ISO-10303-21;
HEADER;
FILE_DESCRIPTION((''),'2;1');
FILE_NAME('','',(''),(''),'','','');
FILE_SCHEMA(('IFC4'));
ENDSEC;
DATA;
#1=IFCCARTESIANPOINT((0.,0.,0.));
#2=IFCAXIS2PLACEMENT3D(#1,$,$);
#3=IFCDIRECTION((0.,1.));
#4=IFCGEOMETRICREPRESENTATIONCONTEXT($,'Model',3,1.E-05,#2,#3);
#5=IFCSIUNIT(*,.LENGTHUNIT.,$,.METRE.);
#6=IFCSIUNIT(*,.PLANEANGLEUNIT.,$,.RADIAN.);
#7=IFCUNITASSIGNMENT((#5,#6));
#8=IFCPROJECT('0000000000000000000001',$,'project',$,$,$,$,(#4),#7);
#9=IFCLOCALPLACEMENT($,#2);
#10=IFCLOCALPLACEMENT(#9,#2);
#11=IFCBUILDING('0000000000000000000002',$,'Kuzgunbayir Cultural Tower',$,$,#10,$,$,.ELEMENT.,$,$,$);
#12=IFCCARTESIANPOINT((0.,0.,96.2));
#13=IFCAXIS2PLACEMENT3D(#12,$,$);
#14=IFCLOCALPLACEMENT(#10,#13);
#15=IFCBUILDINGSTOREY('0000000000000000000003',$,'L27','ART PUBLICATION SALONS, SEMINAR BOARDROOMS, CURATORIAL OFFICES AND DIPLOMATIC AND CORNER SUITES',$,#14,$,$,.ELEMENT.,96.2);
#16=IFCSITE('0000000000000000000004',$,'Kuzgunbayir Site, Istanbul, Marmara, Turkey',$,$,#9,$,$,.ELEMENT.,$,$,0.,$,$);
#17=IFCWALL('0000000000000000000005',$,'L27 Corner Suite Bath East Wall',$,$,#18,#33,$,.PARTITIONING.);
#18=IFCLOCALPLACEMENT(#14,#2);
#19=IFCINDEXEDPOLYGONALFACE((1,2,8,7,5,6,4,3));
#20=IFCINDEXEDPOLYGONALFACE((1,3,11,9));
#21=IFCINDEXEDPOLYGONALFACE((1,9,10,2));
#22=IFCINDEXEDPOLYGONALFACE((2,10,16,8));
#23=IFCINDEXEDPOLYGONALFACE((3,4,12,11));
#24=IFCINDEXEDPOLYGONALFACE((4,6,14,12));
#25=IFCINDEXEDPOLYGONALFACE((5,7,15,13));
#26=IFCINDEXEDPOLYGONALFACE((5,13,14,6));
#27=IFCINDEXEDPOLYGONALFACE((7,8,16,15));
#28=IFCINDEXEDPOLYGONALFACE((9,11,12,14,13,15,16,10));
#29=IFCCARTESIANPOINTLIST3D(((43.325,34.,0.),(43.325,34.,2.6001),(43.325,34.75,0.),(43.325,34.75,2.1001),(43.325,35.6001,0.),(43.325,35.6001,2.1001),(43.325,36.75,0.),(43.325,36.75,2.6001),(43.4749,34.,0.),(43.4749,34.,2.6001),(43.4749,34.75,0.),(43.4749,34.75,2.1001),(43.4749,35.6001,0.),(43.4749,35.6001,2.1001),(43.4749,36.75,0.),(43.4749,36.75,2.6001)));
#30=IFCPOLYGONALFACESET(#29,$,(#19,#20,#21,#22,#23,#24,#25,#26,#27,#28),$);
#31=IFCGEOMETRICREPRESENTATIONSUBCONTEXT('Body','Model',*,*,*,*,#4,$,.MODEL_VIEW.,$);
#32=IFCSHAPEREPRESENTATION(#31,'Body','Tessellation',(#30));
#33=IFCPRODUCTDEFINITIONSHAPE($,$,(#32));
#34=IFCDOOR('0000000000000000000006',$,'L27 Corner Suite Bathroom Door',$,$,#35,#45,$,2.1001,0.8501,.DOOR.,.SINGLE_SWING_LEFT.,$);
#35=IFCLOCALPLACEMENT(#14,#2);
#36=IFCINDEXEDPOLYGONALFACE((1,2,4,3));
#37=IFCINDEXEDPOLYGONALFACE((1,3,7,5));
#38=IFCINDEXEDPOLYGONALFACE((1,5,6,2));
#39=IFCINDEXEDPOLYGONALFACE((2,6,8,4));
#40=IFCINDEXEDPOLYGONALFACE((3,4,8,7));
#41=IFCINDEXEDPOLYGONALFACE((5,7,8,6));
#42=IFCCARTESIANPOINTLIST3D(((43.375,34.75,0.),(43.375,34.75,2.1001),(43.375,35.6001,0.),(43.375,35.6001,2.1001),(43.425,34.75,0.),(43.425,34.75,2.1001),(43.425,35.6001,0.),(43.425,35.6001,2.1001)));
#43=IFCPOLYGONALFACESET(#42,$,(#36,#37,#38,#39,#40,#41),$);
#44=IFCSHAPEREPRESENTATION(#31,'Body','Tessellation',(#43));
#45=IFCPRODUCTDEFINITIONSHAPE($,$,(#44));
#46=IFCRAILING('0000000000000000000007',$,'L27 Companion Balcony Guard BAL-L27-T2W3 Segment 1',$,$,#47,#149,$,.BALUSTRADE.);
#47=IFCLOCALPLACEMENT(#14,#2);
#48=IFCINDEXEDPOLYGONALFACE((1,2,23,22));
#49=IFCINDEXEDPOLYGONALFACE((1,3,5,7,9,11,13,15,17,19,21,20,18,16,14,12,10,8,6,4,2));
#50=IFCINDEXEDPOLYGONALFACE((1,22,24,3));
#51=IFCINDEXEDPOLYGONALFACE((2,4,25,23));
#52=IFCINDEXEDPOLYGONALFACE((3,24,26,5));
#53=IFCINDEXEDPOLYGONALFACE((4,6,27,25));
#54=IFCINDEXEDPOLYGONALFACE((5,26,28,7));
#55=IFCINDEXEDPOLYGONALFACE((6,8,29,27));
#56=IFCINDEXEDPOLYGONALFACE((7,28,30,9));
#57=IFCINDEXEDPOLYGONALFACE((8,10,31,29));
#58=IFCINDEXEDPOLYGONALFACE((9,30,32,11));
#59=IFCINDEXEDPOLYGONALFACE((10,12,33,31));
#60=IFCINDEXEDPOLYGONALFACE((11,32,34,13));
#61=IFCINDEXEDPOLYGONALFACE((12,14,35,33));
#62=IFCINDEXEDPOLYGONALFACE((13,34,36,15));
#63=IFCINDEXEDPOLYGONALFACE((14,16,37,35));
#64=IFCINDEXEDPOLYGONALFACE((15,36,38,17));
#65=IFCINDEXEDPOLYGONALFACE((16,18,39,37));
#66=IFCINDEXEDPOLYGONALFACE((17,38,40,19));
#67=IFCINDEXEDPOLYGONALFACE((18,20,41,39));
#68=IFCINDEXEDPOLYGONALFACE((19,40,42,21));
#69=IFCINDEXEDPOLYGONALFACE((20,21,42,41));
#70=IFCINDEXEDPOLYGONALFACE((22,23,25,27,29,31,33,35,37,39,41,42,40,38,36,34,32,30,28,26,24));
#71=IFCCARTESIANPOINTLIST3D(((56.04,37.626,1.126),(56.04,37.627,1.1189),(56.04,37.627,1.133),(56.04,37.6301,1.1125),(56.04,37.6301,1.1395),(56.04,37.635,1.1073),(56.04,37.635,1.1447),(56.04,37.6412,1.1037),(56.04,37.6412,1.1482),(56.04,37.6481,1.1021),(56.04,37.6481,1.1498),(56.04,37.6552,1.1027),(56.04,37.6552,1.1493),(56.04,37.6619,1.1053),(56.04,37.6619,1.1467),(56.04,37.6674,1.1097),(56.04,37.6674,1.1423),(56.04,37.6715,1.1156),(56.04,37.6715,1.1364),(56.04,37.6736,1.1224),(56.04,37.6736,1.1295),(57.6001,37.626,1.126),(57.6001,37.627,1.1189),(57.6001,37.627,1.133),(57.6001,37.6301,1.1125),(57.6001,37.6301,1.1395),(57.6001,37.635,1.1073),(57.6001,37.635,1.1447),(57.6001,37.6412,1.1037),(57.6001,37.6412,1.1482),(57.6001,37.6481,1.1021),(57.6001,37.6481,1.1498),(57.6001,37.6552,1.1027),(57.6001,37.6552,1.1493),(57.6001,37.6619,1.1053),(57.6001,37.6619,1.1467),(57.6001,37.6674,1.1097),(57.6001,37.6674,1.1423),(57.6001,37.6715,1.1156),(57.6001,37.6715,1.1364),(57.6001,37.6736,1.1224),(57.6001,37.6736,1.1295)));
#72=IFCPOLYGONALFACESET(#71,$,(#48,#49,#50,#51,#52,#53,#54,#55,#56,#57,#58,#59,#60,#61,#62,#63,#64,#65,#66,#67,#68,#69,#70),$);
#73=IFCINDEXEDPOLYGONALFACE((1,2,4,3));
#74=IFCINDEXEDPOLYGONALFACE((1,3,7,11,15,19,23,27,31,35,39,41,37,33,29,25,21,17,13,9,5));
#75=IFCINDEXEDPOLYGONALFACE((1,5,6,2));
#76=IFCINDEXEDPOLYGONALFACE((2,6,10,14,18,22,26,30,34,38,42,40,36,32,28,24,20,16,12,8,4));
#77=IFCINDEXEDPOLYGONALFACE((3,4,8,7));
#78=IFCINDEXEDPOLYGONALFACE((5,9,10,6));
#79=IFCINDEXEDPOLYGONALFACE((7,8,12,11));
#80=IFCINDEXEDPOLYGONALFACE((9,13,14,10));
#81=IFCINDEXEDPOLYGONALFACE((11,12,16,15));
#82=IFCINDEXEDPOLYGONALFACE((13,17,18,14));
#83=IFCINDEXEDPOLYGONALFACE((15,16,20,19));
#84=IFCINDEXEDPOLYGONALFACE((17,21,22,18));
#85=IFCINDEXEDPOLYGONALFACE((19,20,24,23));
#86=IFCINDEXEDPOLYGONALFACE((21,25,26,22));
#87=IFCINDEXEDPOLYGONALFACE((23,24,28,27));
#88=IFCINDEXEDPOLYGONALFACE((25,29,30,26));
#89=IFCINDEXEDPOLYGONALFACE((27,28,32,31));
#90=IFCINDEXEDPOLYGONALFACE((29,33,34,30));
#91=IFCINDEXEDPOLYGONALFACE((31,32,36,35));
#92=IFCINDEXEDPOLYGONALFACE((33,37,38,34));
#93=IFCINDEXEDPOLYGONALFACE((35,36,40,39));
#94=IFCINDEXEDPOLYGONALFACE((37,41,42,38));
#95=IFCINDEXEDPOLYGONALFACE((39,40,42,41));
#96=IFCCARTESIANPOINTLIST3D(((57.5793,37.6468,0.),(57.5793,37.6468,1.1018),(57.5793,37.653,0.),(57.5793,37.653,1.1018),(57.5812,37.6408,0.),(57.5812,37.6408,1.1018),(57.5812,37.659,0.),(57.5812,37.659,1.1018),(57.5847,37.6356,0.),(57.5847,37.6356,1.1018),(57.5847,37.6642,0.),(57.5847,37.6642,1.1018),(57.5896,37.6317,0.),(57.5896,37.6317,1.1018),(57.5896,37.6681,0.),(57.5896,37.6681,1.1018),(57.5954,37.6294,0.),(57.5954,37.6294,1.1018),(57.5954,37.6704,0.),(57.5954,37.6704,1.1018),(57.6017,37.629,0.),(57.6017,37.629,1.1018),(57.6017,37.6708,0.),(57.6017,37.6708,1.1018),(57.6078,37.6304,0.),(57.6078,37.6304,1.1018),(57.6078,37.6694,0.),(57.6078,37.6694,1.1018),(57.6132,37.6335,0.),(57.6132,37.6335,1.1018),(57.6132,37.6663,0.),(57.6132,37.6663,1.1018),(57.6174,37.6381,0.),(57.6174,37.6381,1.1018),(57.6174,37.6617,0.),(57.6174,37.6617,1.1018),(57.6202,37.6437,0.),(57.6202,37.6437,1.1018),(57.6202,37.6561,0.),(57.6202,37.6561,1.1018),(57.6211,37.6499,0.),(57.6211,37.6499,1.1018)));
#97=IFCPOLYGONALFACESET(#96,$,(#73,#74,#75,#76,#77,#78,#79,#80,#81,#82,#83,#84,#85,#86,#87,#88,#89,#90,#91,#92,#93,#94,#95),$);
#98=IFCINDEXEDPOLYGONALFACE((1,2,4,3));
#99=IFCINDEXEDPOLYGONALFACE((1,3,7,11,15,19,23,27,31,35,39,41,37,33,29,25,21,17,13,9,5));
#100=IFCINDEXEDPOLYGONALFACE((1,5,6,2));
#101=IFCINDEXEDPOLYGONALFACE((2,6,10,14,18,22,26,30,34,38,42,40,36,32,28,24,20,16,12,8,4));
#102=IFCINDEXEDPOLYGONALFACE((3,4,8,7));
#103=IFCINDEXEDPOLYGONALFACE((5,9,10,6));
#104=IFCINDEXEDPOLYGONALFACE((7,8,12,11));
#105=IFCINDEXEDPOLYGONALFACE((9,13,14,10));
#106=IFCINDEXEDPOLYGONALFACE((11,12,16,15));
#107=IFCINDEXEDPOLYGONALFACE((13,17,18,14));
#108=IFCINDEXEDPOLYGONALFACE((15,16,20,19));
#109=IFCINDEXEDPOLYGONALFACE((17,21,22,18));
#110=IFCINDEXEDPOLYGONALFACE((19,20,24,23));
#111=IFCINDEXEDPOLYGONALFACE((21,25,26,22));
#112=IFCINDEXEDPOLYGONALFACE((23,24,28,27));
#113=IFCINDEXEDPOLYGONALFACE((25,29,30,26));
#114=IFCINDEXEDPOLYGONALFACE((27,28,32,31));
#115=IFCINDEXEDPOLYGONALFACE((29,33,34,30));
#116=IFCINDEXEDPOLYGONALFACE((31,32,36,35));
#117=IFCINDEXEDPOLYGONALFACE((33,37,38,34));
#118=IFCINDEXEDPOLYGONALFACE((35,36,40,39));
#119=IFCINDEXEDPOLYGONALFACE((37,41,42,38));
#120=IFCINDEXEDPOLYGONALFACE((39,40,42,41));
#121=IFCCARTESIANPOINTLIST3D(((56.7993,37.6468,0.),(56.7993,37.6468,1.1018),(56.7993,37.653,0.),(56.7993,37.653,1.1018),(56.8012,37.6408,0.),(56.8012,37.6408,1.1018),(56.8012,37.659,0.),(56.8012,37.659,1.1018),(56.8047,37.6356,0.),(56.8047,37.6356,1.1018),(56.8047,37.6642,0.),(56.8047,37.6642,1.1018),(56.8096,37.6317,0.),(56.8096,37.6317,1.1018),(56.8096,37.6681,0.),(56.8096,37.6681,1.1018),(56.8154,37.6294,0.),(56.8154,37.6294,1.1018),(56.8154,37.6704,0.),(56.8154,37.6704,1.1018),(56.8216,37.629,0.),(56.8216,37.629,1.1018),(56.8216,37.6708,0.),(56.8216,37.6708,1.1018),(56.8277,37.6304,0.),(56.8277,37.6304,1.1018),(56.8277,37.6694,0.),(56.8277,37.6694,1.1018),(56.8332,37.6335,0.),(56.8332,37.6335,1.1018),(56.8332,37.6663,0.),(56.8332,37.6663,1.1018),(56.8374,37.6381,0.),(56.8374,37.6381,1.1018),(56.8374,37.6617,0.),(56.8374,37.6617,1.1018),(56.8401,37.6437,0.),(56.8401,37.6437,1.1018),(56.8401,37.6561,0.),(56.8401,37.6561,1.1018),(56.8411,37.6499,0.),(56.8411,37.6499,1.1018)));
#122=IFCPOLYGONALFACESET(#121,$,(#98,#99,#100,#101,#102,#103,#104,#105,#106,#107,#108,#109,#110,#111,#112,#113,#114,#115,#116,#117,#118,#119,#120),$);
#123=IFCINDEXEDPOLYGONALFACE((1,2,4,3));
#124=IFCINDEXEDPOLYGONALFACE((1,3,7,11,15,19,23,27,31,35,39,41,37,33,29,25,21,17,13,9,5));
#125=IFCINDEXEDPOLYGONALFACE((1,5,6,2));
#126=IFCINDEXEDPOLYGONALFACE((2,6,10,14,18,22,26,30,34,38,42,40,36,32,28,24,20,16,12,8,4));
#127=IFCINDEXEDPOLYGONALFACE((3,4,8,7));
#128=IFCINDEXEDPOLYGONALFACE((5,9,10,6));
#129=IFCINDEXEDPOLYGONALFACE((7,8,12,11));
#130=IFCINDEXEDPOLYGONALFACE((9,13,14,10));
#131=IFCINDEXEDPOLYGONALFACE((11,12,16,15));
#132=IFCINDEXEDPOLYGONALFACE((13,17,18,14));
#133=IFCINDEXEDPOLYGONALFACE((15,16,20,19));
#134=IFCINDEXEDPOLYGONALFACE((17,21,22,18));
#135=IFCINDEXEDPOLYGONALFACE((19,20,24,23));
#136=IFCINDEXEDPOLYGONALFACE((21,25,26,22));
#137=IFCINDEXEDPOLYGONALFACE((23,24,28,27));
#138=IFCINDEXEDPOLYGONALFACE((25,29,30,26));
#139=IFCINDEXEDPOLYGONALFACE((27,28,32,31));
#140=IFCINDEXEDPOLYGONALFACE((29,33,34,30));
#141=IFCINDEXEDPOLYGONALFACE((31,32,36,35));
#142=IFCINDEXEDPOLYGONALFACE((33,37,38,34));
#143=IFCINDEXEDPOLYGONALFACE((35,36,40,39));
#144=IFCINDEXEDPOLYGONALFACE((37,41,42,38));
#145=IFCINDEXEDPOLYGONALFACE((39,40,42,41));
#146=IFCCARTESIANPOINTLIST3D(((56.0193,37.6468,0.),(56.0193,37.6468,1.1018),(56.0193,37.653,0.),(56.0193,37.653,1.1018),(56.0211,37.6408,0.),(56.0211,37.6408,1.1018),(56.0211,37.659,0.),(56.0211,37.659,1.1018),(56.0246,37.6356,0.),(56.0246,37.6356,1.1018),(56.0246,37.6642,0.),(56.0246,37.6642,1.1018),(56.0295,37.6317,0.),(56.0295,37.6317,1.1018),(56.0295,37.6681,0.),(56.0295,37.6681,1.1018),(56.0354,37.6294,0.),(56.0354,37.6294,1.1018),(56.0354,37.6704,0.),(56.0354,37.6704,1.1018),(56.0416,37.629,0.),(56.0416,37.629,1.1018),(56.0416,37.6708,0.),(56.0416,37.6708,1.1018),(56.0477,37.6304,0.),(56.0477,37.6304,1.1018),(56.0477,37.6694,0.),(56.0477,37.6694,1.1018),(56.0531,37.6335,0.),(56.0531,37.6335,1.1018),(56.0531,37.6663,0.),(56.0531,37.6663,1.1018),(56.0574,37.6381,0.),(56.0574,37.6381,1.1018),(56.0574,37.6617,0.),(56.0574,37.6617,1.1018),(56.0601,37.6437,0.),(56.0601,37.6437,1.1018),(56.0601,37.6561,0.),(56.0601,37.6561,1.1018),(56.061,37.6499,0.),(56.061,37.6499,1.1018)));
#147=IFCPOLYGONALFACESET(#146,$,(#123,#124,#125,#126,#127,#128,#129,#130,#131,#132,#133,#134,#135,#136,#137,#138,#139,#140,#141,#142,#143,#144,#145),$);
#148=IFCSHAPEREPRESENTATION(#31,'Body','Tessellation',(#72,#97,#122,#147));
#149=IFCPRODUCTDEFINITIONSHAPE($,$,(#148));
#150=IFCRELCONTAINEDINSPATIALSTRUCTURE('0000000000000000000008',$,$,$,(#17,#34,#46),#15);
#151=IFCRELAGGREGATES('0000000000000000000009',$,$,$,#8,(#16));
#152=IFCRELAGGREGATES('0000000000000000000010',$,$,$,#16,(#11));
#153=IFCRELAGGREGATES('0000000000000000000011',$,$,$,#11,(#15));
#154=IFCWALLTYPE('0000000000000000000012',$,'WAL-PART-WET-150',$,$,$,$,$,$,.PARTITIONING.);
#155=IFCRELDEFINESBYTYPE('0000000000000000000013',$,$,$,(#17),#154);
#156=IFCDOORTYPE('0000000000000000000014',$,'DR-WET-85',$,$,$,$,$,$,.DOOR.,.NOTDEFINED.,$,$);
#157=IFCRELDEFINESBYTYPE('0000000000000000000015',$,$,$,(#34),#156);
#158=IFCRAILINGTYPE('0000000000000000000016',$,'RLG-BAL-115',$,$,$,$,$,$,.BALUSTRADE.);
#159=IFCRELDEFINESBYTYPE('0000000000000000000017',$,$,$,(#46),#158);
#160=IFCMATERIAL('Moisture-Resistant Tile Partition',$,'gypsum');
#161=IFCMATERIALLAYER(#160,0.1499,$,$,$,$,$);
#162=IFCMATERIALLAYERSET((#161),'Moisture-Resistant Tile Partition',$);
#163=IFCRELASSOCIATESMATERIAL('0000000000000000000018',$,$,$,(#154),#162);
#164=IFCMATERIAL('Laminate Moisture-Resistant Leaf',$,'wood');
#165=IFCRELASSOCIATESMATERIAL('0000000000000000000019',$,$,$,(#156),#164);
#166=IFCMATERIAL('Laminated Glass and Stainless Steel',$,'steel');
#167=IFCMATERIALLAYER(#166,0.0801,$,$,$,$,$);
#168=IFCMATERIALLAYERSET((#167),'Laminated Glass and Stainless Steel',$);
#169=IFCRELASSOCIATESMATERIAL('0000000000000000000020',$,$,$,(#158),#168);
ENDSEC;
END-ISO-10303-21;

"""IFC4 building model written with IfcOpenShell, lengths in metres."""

from ifc_helpers import new_model, si_unit, direction, frame, frame_2d, origin, origin_2d, place, context, subcontext, project, spatial, rectangle, circle, extrude, material, layer, layer_set, type_object, element, fill, save


model = new_model("IFC4")

# Units and contexts
model_context = context("Model", 3, precision=1e-05, world=origin(), true_north=direction((0.0, 1.0)))
body_context = subcontext(model_context, "Body", "Model", "MODEL_VIEW")
ifc_project = project(units=[si_unit("LENGTHUNIT", "METRE"), si_unit("PLANEANGLEUNIT", "RADIAN")], contexts=[model_context])

# Site, building, storey
site_placement = place(None, origin())
site = spatial("IfcSite", under=ifc_project, at=site_placement, Name="Kuzgunbayir Site, Istanbul, Marmara, Turkey", CompositionType="ELEMENT", RefElevation=0.0)
building_placement = place(site_placement, origin())
building = spatial("IfcBuilding", under=site, at=building_placement, Name="Kuzgunbayir Cultural Tower", CompositionType="ELEMENT")
storey_placement = place(building_placement, frame((0.0, 0.0, 96.2)))
storey = spatial("IfcBuildingStorey", under=building, at=storey_placement, Name="L27", Description="ART PUBLICATION SALONS, SEMINAR BOARDROOMS, CURATORIAL OFFICES AND DIPLOMATIC AND CORNER SUITES", CompositionType="ELEMENT", Elevation=96.2)

# Wall, opening, door
ifc_material_1 = material(Name="Moisture-Resistant Tile Partition", Category="gypsum")
ifc_layer_1 = layer(ifc_material_1, 0.1499)
ifc_layer_set_1 = layer_set([ifc_layer_1], Name="Moisture-Resistant Tile Partition")
wall_type_1 = type_object("IfcWallType", Name="WAL-PART-WET-150", PredefinedType="PARTITIONING", material=ifc_layer_set_1)
wall_1_placement = place(storey_placement, frame((43.3999, 34.0, 0.0), z_axis=(0.0, 0.0, 1.0), x_axis=(0.0, 1.0, 0.0)))
wall_1 = element("IfcWall", 1, at=wall_1_placement, inside=storey, type_object=wall_type_1, Name="L27 Corner Suite Bath East Wall", PredefinedType="PARTITIONING", context=body_context, shape_type="SweptSolid", body=[
    extrude(rectangle(XDim=2.75, YDim=0.1499, at=frame_2d((1.375, 0.0))), origin(), (0.0, 0.0, 1.0), 2.6001),
])
opening_1_placement = place(wall_1_placement, frame((0.75, 0.0, 0.0)))
opening_1 = element("IfcOpeningElement", 2, at=opening_1_placement, cuts=wall_1, PredefinedType="OPENING", context=body_context, shape_type="SweptSolid", body=[
    extrude(rectangle(XDim=0.8501, YDim=2.1001, at=frame_2d((0.425, 1.05))), frame((0.0, 0.085, 0.0), z_axis=(0.0, -1.0, 0.0), x_axis=(1.0, 0.0, 0.0)), (0.0, 0.0, 1.0), 0.1699),
])
ifc_material_2 = material(Name="Laminate Moisture-Resistant Leaf", Category="wood")
door_type_1 = type_object("IfcDoorType", Name="DR-WET-85", OperationType="NOTDEFINED", PredefinedType="DOOR", material=ifc_material_2)
door_1_placement = place(opening_1_placement, origin())
door_1 = element("IfcDoor", 3, at=door_1_placement, inside=storey, type_object=door_type_1, Name="L27 Corner Suite Bathroom Door", OperationType="SINGLE_SWING_LEFT", OverallHeight=2.1001, OverallWidth=0.8501, PredefinedType="DOOR", context=body_context, shape_type="SweptSolid", body=[
    extrude(rectangle(XDim=0.8501, YDim=2.1001, at=frame_2d((0.425, 1.05))), frame((0.0, 0.0249, 0.0), z_axis=(0.0, -1.0, 0.0), x_axis=(1.0, 0.0, 0.0)), (0.0, 0.0, 1.0), 0.05),
])
fill(opening_1, door_1)

# Railing
ifc_material_3 = material(Name="Laminated Glass and Stainless Steel", Category="steel")
ifc_layer_2 = layer(ifc_material_3, 0.0801)
ifc_layer_set_2 = layer_set([ifc_layer_2], Name="Laminated Glass and Stainless Steel")
railing_type = type_object("IfcRailingType", Name="RLG-BAL-115", PredefinedType="BALUSTRADE", material=ifc_layer_set_2)
railing_1_placement = place(storey_placement, frame((57.6001, 37.6499, 0.0)))
element("IfcRailing", 4, at=railing_1_placement, inside=storey, type_object=railing_type, Name="L27 Companion Balcony Guard BAL-L27-T2W3 Segment 1", PredefinedType="BALUSTRADE", context=body_context, shape_type="SweptSolid", body=[
    extrude(circle(Radius=0.0239, at=origin_2d()), frame((0.0, 0.0, 1.126), z_axis=(-1.0, 0.0, 0.0), x_axis=(0.0, -1.0, 0.0)), (0.0, 0.0, 1.0), 1.5601),
    extrude(circle(Radius=0.021, at=origin_2d()), origin(), (0.0, 0.0, 1.0), 1.1018),
    extrude(circle(Radius=0.021, at=origin_2d()), frame((-0.78, 0.0, 0.0)), (0.0, 0.0, 1.0), 1.1018),
    extrude(circle(Radius=0.021, at=origin_2d()), frame((-1.5601, 0.0, 0.0)), (0.0, 0.0, 1.0), 1.1018),
])

save(model, "model.ifc")
